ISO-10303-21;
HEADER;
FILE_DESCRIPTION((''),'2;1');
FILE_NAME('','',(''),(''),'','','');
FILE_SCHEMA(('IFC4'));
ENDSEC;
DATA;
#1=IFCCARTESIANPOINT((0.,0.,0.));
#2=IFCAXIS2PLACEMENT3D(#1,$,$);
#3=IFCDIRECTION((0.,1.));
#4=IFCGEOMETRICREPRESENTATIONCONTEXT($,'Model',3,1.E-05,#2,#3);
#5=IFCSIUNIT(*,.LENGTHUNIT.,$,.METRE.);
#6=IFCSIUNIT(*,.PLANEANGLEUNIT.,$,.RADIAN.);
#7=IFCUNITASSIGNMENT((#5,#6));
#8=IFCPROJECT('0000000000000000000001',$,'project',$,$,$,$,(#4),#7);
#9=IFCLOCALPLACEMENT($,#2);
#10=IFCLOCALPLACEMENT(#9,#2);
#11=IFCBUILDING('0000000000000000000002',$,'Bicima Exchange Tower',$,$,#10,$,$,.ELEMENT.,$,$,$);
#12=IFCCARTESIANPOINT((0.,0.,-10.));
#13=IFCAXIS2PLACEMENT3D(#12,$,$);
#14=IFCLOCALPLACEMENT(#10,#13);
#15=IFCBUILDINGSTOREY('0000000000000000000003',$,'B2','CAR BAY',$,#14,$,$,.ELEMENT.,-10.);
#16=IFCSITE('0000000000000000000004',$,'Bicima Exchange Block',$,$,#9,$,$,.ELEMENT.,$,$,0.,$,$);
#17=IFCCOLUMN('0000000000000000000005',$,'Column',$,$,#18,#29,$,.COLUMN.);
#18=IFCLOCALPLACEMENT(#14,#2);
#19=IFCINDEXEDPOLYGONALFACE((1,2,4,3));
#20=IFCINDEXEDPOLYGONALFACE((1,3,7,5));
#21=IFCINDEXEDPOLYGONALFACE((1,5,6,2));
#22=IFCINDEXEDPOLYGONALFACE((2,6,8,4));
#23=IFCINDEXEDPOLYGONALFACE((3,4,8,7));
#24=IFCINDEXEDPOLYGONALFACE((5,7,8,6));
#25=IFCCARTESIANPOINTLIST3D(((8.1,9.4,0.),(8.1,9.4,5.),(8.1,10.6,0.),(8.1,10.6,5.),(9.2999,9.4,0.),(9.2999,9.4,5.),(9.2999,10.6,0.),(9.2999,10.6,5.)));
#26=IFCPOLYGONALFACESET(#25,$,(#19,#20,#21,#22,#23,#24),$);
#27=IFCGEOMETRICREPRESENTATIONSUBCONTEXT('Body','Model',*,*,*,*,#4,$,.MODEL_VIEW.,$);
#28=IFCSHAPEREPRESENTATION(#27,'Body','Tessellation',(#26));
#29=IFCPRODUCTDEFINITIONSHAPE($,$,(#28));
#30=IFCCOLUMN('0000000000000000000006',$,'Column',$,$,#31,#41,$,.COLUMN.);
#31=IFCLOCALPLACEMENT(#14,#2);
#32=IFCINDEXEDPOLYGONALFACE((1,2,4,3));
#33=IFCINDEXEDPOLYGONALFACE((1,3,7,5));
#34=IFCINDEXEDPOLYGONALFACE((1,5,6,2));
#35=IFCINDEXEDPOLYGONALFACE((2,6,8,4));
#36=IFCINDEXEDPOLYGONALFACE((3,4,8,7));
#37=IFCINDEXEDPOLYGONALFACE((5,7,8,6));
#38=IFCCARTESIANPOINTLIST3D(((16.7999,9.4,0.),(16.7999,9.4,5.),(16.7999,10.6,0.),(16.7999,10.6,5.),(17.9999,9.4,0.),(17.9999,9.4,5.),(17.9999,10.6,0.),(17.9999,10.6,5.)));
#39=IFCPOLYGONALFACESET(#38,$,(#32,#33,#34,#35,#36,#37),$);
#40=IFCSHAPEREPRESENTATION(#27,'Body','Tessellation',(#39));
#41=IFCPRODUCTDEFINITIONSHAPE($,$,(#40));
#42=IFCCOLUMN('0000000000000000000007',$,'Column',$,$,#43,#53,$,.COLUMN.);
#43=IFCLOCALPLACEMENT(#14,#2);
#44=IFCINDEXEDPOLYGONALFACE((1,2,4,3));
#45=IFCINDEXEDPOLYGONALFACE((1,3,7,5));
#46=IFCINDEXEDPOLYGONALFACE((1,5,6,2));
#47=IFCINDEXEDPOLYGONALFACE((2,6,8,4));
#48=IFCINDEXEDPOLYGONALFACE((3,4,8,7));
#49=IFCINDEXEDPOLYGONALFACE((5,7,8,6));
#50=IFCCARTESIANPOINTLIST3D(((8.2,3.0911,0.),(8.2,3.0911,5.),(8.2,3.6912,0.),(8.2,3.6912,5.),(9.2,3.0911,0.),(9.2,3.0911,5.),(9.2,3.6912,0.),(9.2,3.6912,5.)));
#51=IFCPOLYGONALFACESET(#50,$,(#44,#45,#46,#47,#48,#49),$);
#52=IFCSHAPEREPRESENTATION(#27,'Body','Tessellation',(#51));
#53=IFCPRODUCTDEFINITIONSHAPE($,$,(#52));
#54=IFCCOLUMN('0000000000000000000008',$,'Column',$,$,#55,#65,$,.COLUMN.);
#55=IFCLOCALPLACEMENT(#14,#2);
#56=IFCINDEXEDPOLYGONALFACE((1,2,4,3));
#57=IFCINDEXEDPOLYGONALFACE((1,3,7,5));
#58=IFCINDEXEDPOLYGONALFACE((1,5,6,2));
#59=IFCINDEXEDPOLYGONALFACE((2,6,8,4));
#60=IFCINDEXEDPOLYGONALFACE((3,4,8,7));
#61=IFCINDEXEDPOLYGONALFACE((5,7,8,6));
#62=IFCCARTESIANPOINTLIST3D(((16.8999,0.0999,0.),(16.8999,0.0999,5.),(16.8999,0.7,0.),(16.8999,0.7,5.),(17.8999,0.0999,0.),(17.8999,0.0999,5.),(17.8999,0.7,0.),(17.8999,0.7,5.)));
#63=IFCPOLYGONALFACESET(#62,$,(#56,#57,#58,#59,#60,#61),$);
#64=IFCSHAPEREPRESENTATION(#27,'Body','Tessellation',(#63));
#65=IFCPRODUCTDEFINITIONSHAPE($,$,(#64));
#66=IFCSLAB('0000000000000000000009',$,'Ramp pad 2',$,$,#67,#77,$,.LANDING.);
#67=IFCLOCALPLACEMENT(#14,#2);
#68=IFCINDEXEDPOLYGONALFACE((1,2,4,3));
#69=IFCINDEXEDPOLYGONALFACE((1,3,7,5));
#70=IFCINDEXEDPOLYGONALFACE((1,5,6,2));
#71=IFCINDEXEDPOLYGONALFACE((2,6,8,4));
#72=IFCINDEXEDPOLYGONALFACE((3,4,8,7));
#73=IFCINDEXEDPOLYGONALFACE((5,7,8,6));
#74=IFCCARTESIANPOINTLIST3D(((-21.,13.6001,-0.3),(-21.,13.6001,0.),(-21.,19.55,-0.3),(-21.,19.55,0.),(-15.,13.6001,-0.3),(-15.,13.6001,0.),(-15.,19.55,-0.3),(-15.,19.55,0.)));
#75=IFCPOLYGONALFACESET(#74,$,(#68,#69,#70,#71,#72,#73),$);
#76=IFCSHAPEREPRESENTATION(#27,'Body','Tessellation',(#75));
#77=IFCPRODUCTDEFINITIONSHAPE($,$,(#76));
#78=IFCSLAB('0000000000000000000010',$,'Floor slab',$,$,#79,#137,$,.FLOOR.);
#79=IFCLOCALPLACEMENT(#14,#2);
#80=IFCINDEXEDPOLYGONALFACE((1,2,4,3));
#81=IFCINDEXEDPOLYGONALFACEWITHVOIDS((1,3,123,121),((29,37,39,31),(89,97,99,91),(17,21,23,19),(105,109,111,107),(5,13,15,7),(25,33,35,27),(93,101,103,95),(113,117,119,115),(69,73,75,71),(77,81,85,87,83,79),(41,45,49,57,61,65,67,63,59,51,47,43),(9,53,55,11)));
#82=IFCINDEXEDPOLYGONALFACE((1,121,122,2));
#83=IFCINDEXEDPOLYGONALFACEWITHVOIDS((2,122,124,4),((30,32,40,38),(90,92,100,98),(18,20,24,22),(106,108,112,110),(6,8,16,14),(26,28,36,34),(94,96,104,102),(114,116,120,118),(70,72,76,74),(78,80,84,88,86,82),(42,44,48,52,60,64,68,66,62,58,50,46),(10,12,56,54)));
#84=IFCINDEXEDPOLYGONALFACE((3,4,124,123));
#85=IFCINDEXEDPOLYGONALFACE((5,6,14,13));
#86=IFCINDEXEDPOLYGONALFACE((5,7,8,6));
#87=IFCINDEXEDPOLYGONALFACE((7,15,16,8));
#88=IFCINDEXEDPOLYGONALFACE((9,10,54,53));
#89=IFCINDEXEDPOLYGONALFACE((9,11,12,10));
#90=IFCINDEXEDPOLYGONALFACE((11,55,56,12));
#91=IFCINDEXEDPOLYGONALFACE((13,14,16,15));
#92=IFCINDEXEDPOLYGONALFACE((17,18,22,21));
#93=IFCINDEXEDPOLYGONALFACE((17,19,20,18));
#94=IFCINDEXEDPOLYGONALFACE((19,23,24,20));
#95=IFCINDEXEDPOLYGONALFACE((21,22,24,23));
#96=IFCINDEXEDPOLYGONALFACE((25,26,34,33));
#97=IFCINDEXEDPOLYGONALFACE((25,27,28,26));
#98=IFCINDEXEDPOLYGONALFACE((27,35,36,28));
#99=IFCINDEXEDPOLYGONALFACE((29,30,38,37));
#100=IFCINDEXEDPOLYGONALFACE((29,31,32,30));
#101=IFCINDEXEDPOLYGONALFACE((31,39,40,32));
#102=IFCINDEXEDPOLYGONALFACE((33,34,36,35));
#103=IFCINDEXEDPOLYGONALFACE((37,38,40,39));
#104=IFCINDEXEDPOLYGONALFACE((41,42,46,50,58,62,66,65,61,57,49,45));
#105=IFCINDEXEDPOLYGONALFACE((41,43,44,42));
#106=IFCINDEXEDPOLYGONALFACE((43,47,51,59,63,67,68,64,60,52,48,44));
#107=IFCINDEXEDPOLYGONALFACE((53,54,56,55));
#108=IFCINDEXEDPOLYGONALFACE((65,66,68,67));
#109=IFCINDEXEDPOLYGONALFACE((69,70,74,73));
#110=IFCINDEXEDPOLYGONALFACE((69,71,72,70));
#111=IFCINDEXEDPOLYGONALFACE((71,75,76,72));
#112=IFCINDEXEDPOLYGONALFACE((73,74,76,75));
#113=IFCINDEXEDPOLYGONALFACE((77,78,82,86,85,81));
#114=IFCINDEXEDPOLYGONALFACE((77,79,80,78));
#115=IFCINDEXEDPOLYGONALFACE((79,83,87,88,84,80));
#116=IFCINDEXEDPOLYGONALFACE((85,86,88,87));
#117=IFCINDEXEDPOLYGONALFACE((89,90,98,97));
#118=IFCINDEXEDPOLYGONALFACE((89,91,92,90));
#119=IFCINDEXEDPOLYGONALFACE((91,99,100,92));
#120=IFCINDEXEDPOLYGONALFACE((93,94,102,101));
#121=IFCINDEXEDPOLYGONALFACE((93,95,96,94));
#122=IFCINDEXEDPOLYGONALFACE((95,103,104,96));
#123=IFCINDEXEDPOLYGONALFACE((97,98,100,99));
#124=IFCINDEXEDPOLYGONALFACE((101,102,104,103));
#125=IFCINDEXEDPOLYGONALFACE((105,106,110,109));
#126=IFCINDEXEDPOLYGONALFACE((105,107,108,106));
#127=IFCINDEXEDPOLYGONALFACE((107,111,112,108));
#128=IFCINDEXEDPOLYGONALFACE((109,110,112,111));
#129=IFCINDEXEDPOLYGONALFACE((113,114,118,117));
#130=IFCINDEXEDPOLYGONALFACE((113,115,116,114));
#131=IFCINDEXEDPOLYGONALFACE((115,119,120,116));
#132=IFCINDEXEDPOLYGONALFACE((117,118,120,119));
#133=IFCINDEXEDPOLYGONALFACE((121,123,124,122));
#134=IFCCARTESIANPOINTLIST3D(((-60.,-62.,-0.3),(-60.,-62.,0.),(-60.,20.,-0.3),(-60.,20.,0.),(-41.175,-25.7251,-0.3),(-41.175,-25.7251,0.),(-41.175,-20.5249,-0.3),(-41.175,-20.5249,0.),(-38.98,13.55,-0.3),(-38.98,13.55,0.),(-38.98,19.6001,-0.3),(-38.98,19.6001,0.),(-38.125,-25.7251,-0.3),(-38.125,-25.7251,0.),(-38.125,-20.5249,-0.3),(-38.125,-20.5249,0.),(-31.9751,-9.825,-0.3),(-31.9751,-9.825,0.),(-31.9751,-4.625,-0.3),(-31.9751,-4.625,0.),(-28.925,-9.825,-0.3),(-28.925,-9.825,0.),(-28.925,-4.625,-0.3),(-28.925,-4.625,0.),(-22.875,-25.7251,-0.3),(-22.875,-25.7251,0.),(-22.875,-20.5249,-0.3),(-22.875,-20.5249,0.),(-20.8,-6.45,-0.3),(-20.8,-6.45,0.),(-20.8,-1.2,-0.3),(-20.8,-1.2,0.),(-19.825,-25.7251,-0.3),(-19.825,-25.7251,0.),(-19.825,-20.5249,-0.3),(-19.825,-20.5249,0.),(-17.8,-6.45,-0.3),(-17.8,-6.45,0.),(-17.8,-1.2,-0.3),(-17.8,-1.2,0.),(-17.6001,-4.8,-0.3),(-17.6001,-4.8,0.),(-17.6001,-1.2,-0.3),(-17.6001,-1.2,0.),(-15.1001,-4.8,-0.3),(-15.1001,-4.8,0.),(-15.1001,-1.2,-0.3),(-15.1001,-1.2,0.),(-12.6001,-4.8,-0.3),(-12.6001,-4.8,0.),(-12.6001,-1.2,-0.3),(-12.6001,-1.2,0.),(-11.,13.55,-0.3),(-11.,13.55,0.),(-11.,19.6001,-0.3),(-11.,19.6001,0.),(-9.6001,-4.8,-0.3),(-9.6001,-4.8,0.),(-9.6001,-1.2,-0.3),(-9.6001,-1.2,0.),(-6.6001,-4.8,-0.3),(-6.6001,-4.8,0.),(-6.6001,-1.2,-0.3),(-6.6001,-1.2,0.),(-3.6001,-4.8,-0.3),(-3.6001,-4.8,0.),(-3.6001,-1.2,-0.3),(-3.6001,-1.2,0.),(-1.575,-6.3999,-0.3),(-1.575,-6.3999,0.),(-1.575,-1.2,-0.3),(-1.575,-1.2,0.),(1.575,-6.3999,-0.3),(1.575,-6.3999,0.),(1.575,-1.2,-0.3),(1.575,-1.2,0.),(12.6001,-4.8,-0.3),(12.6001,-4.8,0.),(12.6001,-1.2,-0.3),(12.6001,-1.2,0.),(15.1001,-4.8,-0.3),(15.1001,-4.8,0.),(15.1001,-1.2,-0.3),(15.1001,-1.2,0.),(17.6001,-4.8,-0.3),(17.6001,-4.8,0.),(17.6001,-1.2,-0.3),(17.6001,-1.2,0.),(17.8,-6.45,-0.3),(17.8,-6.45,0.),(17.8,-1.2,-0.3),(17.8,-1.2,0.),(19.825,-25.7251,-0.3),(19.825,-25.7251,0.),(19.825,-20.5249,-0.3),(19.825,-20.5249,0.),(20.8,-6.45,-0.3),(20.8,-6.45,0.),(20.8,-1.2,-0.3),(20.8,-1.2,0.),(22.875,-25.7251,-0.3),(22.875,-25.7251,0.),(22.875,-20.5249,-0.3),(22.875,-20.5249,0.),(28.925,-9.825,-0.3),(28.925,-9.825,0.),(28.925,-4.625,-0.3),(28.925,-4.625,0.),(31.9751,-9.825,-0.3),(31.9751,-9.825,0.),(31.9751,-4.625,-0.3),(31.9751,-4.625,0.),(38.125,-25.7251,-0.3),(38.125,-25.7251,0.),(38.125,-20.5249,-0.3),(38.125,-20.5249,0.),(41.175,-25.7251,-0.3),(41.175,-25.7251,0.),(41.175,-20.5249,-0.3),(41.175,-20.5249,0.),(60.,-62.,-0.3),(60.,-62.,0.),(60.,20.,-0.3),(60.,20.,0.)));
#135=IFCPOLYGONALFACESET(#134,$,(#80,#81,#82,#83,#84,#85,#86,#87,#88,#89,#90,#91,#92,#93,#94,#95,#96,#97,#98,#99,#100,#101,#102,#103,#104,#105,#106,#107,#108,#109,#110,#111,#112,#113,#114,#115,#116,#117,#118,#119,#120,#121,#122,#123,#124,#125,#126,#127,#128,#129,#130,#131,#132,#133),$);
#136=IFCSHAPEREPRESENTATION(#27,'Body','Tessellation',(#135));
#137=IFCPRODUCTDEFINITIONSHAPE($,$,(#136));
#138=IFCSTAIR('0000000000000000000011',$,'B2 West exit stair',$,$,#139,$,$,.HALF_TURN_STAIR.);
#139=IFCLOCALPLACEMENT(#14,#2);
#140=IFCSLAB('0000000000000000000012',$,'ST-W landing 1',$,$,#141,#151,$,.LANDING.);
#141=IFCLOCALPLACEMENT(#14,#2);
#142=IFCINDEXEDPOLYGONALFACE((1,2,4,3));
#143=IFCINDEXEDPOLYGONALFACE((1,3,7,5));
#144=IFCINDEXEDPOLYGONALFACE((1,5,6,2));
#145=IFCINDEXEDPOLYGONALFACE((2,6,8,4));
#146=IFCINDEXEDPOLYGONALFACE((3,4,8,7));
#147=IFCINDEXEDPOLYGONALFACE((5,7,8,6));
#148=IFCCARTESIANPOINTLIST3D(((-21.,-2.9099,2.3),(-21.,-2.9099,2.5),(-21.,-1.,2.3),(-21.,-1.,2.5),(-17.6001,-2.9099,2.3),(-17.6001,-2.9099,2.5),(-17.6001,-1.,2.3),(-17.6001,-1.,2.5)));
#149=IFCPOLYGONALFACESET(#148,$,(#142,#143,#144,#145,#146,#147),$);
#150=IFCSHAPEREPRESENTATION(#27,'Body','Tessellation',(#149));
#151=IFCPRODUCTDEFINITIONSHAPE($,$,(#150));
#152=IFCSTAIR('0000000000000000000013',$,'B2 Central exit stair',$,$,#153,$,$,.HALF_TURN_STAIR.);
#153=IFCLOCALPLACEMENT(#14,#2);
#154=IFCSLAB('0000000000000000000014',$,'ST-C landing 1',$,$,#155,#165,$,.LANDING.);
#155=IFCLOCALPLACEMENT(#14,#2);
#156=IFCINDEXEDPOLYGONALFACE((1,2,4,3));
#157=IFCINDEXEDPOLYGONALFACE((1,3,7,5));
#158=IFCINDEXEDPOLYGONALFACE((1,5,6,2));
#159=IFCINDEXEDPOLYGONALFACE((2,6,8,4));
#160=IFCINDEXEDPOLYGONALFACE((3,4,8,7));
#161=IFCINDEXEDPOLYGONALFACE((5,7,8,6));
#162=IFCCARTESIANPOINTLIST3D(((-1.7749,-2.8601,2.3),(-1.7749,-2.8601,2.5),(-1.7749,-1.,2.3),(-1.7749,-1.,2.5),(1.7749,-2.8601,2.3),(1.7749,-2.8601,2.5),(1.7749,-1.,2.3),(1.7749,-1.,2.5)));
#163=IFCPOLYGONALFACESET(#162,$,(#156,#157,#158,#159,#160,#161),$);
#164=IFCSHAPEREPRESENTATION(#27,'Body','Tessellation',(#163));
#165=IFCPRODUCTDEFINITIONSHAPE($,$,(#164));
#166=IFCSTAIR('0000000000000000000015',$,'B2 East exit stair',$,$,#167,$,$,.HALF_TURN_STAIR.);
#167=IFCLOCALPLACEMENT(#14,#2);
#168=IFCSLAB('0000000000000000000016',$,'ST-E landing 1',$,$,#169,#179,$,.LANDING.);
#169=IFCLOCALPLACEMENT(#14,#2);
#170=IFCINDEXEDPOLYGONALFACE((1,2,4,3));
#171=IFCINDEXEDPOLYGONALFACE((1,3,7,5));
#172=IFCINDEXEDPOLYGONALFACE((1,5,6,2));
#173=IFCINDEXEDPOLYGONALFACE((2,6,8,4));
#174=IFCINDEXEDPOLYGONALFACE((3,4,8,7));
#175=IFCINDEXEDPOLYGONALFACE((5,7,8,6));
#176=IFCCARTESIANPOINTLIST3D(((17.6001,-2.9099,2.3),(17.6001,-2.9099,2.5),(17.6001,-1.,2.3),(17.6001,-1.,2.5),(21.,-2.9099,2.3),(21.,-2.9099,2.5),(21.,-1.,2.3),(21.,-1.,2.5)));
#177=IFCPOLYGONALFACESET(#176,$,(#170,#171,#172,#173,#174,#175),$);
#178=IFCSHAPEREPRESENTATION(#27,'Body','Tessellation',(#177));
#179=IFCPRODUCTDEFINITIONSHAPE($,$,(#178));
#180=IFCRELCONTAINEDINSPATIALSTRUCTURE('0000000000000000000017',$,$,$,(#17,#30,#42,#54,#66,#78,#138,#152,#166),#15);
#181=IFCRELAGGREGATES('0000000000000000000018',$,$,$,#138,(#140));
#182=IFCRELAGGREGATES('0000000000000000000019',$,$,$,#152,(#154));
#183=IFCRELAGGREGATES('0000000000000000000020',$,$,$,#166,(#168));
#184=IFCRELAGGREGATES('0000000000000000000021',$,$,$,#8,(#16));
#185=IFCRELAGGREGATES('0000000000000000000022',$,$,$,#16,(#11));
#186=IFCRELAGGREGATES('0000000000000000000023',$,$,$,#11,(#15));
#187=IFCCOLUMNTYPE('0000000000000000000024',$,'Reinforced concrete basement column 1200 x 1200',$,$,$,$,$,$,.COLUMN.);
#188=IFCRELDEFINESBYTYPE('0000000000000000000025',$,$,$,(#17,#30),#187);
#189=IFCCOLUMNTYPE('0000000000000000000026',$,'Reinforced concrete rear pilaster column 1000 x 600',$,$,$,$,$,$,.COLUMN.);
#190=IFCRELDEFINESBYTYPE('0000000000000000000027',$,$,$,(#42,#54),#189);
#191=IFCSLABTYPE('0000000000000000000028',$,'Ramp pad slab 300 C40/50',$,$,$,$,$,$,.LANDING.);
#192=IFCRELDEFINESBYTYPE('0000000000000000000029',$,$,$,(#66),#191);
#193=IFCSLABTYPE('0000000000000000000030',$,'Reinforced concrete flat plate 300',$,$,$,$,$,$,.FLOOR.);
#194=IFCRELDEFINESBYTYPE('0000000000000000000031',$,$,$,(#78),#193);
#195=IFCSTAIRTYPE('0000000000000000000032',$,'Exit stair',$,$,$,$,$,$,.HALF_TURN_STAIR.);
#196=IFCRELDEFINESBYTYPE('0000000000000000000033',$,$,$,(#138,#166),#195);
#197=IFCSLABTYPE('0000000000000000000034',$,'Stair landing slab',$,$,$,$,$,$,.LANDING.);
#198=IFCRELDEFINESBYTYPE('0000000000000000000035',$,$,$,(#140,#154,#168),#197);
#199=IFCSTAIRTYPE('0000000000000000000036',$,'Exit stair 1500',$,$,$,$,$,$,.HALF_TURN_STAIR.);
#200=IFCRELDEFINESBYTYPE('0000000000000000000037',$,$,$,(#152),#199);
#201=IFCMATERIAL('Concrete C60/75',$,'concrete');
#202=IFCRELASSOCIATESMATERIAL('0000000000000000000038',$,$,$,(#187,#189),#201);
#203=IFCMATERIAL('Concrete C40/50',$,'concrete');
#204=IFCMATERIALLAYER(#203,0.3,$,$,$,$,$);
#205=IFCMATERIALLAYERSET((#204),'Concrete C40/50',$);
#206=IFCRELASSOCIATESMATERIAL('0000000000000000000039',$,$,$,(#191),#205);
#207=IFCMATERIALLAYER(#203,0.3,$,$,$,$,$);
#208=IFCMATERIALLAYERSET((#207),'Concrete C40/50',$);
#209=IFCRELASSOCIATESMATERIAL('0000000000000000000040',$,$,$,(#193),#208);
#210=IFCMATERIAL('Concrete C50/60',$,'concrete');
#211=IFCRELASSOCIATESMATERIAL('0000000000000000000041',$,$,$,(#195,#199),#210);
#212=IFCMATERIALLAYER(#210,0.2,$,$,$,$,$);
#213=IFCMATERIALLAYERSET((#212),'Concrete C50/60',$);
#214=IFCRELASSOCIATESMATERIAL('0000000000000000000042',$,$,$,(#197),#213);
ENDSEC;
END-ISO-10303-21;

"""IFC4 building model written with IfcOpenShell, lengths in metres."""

from ifc_helpers import new_model, si_unit, direction, frame, origin, origin_2d, place, context, subcontext, project, spatial, polyline, rectangle, outline, extrude, material, layer, layer_set, material_profile, profile_set, type_object, element, aggregate, save


model = new_model("IFC4")

# Units and contexts
model_context = context("Model", 3, precision=1e-05, world=origin(), true_north=direction((0.0, 1.0)))
body_context = subcontext(model_context, "Body", "Model", "MODEL_VIEW")
ifc_project = project(units=[si_unit("LENGTHUNIT", "METRE"), si_unit("PLANEANGLEUNIT", "RADIAN")], contexts=[model_context])

# Site, building, storey
site_placement = place(None, origin())
site = spatial("IfcSite", under=ifc_project, at=site_placement, Name="Bicima Exchange Block", CompositionType="ELEMENT", RefElevation=0.0)
building_placement = place(site_placement, origin())
building = spatial("IfcBuilding", under=site, at=building_placement, Name="Bicima Exchange Tower", CompositionType="ELEMENT")
storey_placement = place(building_placement, frame((0.0, 0.0, -10.0)))
storey = spatial("IfcBuildingStorey", under=building, at=storey_placement, Name="B2", Description="CAR BAY", CompositionType="ELEMENT", Elevation=-10.0)

# Columns
ifc_material_1 = material(Name="Concrete C60/75", Category="concrete")
ifc_material_profile_1 = material_profile(ifc_material_1, rectangle(XDim=1.2, YDim=1.2, at=origin_2d()))
ifc_profile_set_1 = profile_set([ifc_material_profile_1], Name="Concrete C60/75")
column_type_1 = type_object("IfcColumnType", Name="Reinforced concrete basement column 1200 x 1200", PredefinedType="COLUMN", material=ifc_profile_set_1)
for number, where, z_axis, x_axis, name in (
    (1, (8.7, 10.0, 0.0), (0.0, 0.0, 1.0), (1.0, 0.0, 0.0), "Column"),
    (2, (17.3999, 10.0, 0.0), (0.0, 0.0, 1.0), (1.0, 0.0, 0.0), "Column"),
):
    element("IfcColumn", number, at=place(storey_placement, frame(where, z_axis=z_axis, x_axis=x_axis)), inside=storey, type_object=column_type_1, Name=name, PredefinedType="COLUMN", context=body_context, shape_type="SweptSolid", body=[
        extrude(rectangle(XDim=1.2, YDim=1.2, at=origin_2d()), origin(), (0.0, 0.0, 1.0), 5.0),
    ])
ifc_material_profile_2 = material_profile(ifc_material_1, rectangle(XDim=1.0, YDim=0.6001, at=origin_2d()))
ifc_profile_set_2 = profile_set([ifc_material_profile_2], Name="Concrete C60/75")
column_type_2 = type_object("IfcColumnType", Name="Reinforced concrete rear pilaster column 1000 x 600", PredefinedType="COLUMN", material=ifc_profile_set_2)
for number, where, z_axis, x_axis, name in (
    (3, (8.7, 3.3911, 0.0), (0.0, 0.0, 1.0), (1.0, 0.0, 0.0), "Column"),
    (4, (17.3999, 0.3999, 0.0), (0.0, 0.0, 1.0), (1.0, 0.0, 0.0), "Column"),
):
    element("IfcColumn", number, at=place(storey_placement, frame(where, z_axis=z_axis, x_axis=x_axis)), inside=storey, type_object=column_type_2, Name=name, PredefinedType="COLUMN", context=body_context, shape_type="SweptSolid", body=[
        extrude(rectangle(XDim=1.0, YDim=0.6001, at=origin_2d()), origin(), (0.0, 0.0, 1.0), 5.0),
    ])

# Slabs
ifc_material_2 = material(Name="Concrete C40/50", Category="concrete")
ifc_layer_1 = layer(ifc_material_2, 0.3)
ifc_layer_set_1 = layer_set([ifc_layer_1], Name="Concrete C40/50")
slab_type_1 = type_object("IfcSlabType", Name="Ramp pad slab 300 C40/50", PredefinedType="LANDING", material=ifc_layer_set_1)
slab_1_placement = place(storey_placement, frame((0.0, 0.0, -0.3)))
element("IfcSlab", 5, at=slab_1_placement, inside=storey, type_object=slab_type_1, Name="Ramp pad 2", PredefinedType="LANDING", context=body_context, shape_type="SweptSolid", body=[
    extrude(outline(polyline([(-21.0, 13.6001), (-15.0, 13.6001), (-15.0, 19.55), (-21.0, 19.55), (-21.0, 13.6001)])), origin(), (0.0, 0.0, 1.0), 0.3),
])
ifc_layer_2 = layer(ifc_material_2, 0.3)
ifc_layer_set_2 = layer_set([ifc_layer_2], Name="Concrete C40/50")
slab_type_2 = type_object("IfcSlabType", Name="Reinforced concrete flat plate 300", PredefinedType="FLOOR", material=ifc_layer_set_2)
slab_2_placement = place(storey_placement, frame((0.0, 0.0, -0.3)))
element("IfcSlab", 6, at=slab_2_placement, inside=storey, type_object=slab_type_2, Name="Floor slab", PredefinedType="FLOOR", context=body_context, shape_type="SweptSolid", body=[
    extrude(outline(polyline([(-60.0, 20.0), (60.0, 20.0), (60.0, -62.0), (-60.0, -62.0), (-60.0, 20.0)]), holes=[polyline([(-41.175, -25.7251), (-38.125, -25.7251), (-38.125, -20.5249), (-41.175, -20.5249), (-41.175, -25.7251)]), polyline([(-22.875, -25.7251), (-19.825, -25.7251), (-19.825, -20.5249), (-22.875, -20.5249), (-22.875, -25.7251)]), polyline([(-31.9751, -9.825), (-28.925, -9.825), (-28.925, -4.625), (-31.9751, -4.625), (-31.9751, -9.825)]), polyline([(-20.8, -6.45), (-17.8, -6.45), (-17.8, -1.2), (-20.8, -1.2), (-20.8, -6.45)]), polyline([(-9.6001, -4.8), (-6.6001, -4.8), (-3.6001, -4.8), (-3.6001, -1.2), (-6.6001, -1.2), (-9.6001, -1.2), (-12.6001, -1.2), (-15.1001, -1.2), (-17.6001, -1.2), (-17.6001, -4.8), (-15.1001, -4.8), (-12.6001, -4.8), (-9.6001, -4.8)]), polyline([(-11.0, 13.55), (-11.0, 19.6001), (-38.98, 19.6001), (-38.98, 13.55), (-11.0, 13.55)]), polyline([(19.825, -25.7251), (22.875, -25.7251), (22.875, -20.5249), (19.825, -20.5249), (19.825, -25.7251)]), polyline([(38.125, -25.7251), (41.175, -25.7251), (41.175, -20.5249), (38.125, -20.5249), (38.125, -25.7251)]), polyline([(28.925, -9.825), (31.9751, -9.825), (31.9751, -4.625), (28.925, -4.625), (28.925, -9.825)]), polyline([(17.8, -6.45), (20.8, -6.45), (20.8, -1.2), (17.8, -1.2), (17.8, -6.45)]), polyline([(-1.575, -6.3999), (1.575, -6.3999), (1.575, -1.2), (-1.575, -1.2), (-1.575, -6.3999)]), polyline([(15.1001, -4.8), (17.6001, -4.8), (17.6001, -1.2), (15.1001, -1.2), (12.6001, -1.2), (12.6001, -4.8), (15.1001, -4.8)])]), origin(), (0.0, 0.0, 1.0), 0.3),
])

# Stairs, slabs
ifc_material_3 = material(Name="Concrete C50/60", Category="concrete")
stair_type_1 = type_object("IfcStairType", Name="Exit stair", PredefinedType="HALF_TURN_STAIR", material=ifc_material_3)
stair_1_placement = place(storey_placement, origin())
stair_1 = element("IfcStair", 7, at=stair_1_placement, inside=storey, type_object=stair_type_1, Name="B2 West exit stair", PredefinedType="HALF_TURN_STAIR")
ifc_layer_3 = layer(ifc_material_3, 0.2)
ifc_layer_set_3 = layer_set([ifc_layer_3], Name="Concrete C50/60")
slab_type_3 = type_object("IfcSlabType", Name="Stair landing slab", PredefinedType="LANDING", material=ifc_layer_set_3)
slab_3_placement = place(storey_placement, frame((0.0, 0.0, 2.3)))
slab_3 = element("IfcSlab", 8, at=slab_3_placement, type_object=slab_type_3, Name="ST-W landing 1", PredefinedType="LANDING", context=body_context, shape_type="SweptSolid", body=[
    extrude(outline(polyline([(-17.6001, -2.9099), (-17.6001, -1.0), (-21.0, -1.0), (-21.0, -2.9099), (-17.6001, -2.9099)])), origin(), (0.0, 0.0, 1.0), 0.2),
])
aggregate(stair_1, [slab_3])
stair_type_2 = type_object("IfcStairType", Name="Exit stair 1500", PredefinedType="HALF_TURN_STAIR", material=ifc_material_3)
stair_2_placement = place(storey_placement, origin())
stair_2 = element("IfcStair", 9, at=stair_2_placement, inside=storey, type_object=stair_type_2, Name="B2 Central exit stair", PredefinedType="HALF_TURN_STAIR")
slab_4_placement = place(storey_placement, frame((0.0, 0.0, 2.3)))
slab_4 = element("IfcSlab", 10, at=slab_4_placement, type_object=slab_type_3, Name="ST-C landing 1", PredefinedType="LANDING", context=body_context, shape_type="SweptSolid", body=[
    extrude(outline(polyline([(1.7749, -2.8601), (1.7749, -1.0), (-1.7749, -1.0), (-1.7749, -2.8601), (1.7749, -2.8601)])), origin(), (0.0, 0.0, 1.0), 0.2),
])
aggregate(stair_2, [slab_4])
stair_3_placement = place(storey_placement, origin())
stair_3 = element("IfcStair", 11, at=stair_3_placement, inside=storey, type_object=stair_type_1, Name="B2 East exit stair", PredefinedType="HALF_TURN_STAIR")
slab_5_placement = place(storey_placement, frame((0.0, 0.0, 2.3)))
slab_5 = element("IfcSlab", 12, at=slab_5_placement, type_object=slab_type_3, Name="ST-E landing 1", PredefinedType="LANDING", context=body_context, shape_type="SweptSolid", body=[
    extrude(outline(polyline([(21.0, -2.9099), (21.0, -1.0), (17.6001, -1.0), (17.6001, -2.9099), (21.0, -2.9099)])), origin(), (0.0, 0.0, 1.0), 0.2),
])
aggregate(stair_3, [slab_5])

save(model, "model.ifc")
